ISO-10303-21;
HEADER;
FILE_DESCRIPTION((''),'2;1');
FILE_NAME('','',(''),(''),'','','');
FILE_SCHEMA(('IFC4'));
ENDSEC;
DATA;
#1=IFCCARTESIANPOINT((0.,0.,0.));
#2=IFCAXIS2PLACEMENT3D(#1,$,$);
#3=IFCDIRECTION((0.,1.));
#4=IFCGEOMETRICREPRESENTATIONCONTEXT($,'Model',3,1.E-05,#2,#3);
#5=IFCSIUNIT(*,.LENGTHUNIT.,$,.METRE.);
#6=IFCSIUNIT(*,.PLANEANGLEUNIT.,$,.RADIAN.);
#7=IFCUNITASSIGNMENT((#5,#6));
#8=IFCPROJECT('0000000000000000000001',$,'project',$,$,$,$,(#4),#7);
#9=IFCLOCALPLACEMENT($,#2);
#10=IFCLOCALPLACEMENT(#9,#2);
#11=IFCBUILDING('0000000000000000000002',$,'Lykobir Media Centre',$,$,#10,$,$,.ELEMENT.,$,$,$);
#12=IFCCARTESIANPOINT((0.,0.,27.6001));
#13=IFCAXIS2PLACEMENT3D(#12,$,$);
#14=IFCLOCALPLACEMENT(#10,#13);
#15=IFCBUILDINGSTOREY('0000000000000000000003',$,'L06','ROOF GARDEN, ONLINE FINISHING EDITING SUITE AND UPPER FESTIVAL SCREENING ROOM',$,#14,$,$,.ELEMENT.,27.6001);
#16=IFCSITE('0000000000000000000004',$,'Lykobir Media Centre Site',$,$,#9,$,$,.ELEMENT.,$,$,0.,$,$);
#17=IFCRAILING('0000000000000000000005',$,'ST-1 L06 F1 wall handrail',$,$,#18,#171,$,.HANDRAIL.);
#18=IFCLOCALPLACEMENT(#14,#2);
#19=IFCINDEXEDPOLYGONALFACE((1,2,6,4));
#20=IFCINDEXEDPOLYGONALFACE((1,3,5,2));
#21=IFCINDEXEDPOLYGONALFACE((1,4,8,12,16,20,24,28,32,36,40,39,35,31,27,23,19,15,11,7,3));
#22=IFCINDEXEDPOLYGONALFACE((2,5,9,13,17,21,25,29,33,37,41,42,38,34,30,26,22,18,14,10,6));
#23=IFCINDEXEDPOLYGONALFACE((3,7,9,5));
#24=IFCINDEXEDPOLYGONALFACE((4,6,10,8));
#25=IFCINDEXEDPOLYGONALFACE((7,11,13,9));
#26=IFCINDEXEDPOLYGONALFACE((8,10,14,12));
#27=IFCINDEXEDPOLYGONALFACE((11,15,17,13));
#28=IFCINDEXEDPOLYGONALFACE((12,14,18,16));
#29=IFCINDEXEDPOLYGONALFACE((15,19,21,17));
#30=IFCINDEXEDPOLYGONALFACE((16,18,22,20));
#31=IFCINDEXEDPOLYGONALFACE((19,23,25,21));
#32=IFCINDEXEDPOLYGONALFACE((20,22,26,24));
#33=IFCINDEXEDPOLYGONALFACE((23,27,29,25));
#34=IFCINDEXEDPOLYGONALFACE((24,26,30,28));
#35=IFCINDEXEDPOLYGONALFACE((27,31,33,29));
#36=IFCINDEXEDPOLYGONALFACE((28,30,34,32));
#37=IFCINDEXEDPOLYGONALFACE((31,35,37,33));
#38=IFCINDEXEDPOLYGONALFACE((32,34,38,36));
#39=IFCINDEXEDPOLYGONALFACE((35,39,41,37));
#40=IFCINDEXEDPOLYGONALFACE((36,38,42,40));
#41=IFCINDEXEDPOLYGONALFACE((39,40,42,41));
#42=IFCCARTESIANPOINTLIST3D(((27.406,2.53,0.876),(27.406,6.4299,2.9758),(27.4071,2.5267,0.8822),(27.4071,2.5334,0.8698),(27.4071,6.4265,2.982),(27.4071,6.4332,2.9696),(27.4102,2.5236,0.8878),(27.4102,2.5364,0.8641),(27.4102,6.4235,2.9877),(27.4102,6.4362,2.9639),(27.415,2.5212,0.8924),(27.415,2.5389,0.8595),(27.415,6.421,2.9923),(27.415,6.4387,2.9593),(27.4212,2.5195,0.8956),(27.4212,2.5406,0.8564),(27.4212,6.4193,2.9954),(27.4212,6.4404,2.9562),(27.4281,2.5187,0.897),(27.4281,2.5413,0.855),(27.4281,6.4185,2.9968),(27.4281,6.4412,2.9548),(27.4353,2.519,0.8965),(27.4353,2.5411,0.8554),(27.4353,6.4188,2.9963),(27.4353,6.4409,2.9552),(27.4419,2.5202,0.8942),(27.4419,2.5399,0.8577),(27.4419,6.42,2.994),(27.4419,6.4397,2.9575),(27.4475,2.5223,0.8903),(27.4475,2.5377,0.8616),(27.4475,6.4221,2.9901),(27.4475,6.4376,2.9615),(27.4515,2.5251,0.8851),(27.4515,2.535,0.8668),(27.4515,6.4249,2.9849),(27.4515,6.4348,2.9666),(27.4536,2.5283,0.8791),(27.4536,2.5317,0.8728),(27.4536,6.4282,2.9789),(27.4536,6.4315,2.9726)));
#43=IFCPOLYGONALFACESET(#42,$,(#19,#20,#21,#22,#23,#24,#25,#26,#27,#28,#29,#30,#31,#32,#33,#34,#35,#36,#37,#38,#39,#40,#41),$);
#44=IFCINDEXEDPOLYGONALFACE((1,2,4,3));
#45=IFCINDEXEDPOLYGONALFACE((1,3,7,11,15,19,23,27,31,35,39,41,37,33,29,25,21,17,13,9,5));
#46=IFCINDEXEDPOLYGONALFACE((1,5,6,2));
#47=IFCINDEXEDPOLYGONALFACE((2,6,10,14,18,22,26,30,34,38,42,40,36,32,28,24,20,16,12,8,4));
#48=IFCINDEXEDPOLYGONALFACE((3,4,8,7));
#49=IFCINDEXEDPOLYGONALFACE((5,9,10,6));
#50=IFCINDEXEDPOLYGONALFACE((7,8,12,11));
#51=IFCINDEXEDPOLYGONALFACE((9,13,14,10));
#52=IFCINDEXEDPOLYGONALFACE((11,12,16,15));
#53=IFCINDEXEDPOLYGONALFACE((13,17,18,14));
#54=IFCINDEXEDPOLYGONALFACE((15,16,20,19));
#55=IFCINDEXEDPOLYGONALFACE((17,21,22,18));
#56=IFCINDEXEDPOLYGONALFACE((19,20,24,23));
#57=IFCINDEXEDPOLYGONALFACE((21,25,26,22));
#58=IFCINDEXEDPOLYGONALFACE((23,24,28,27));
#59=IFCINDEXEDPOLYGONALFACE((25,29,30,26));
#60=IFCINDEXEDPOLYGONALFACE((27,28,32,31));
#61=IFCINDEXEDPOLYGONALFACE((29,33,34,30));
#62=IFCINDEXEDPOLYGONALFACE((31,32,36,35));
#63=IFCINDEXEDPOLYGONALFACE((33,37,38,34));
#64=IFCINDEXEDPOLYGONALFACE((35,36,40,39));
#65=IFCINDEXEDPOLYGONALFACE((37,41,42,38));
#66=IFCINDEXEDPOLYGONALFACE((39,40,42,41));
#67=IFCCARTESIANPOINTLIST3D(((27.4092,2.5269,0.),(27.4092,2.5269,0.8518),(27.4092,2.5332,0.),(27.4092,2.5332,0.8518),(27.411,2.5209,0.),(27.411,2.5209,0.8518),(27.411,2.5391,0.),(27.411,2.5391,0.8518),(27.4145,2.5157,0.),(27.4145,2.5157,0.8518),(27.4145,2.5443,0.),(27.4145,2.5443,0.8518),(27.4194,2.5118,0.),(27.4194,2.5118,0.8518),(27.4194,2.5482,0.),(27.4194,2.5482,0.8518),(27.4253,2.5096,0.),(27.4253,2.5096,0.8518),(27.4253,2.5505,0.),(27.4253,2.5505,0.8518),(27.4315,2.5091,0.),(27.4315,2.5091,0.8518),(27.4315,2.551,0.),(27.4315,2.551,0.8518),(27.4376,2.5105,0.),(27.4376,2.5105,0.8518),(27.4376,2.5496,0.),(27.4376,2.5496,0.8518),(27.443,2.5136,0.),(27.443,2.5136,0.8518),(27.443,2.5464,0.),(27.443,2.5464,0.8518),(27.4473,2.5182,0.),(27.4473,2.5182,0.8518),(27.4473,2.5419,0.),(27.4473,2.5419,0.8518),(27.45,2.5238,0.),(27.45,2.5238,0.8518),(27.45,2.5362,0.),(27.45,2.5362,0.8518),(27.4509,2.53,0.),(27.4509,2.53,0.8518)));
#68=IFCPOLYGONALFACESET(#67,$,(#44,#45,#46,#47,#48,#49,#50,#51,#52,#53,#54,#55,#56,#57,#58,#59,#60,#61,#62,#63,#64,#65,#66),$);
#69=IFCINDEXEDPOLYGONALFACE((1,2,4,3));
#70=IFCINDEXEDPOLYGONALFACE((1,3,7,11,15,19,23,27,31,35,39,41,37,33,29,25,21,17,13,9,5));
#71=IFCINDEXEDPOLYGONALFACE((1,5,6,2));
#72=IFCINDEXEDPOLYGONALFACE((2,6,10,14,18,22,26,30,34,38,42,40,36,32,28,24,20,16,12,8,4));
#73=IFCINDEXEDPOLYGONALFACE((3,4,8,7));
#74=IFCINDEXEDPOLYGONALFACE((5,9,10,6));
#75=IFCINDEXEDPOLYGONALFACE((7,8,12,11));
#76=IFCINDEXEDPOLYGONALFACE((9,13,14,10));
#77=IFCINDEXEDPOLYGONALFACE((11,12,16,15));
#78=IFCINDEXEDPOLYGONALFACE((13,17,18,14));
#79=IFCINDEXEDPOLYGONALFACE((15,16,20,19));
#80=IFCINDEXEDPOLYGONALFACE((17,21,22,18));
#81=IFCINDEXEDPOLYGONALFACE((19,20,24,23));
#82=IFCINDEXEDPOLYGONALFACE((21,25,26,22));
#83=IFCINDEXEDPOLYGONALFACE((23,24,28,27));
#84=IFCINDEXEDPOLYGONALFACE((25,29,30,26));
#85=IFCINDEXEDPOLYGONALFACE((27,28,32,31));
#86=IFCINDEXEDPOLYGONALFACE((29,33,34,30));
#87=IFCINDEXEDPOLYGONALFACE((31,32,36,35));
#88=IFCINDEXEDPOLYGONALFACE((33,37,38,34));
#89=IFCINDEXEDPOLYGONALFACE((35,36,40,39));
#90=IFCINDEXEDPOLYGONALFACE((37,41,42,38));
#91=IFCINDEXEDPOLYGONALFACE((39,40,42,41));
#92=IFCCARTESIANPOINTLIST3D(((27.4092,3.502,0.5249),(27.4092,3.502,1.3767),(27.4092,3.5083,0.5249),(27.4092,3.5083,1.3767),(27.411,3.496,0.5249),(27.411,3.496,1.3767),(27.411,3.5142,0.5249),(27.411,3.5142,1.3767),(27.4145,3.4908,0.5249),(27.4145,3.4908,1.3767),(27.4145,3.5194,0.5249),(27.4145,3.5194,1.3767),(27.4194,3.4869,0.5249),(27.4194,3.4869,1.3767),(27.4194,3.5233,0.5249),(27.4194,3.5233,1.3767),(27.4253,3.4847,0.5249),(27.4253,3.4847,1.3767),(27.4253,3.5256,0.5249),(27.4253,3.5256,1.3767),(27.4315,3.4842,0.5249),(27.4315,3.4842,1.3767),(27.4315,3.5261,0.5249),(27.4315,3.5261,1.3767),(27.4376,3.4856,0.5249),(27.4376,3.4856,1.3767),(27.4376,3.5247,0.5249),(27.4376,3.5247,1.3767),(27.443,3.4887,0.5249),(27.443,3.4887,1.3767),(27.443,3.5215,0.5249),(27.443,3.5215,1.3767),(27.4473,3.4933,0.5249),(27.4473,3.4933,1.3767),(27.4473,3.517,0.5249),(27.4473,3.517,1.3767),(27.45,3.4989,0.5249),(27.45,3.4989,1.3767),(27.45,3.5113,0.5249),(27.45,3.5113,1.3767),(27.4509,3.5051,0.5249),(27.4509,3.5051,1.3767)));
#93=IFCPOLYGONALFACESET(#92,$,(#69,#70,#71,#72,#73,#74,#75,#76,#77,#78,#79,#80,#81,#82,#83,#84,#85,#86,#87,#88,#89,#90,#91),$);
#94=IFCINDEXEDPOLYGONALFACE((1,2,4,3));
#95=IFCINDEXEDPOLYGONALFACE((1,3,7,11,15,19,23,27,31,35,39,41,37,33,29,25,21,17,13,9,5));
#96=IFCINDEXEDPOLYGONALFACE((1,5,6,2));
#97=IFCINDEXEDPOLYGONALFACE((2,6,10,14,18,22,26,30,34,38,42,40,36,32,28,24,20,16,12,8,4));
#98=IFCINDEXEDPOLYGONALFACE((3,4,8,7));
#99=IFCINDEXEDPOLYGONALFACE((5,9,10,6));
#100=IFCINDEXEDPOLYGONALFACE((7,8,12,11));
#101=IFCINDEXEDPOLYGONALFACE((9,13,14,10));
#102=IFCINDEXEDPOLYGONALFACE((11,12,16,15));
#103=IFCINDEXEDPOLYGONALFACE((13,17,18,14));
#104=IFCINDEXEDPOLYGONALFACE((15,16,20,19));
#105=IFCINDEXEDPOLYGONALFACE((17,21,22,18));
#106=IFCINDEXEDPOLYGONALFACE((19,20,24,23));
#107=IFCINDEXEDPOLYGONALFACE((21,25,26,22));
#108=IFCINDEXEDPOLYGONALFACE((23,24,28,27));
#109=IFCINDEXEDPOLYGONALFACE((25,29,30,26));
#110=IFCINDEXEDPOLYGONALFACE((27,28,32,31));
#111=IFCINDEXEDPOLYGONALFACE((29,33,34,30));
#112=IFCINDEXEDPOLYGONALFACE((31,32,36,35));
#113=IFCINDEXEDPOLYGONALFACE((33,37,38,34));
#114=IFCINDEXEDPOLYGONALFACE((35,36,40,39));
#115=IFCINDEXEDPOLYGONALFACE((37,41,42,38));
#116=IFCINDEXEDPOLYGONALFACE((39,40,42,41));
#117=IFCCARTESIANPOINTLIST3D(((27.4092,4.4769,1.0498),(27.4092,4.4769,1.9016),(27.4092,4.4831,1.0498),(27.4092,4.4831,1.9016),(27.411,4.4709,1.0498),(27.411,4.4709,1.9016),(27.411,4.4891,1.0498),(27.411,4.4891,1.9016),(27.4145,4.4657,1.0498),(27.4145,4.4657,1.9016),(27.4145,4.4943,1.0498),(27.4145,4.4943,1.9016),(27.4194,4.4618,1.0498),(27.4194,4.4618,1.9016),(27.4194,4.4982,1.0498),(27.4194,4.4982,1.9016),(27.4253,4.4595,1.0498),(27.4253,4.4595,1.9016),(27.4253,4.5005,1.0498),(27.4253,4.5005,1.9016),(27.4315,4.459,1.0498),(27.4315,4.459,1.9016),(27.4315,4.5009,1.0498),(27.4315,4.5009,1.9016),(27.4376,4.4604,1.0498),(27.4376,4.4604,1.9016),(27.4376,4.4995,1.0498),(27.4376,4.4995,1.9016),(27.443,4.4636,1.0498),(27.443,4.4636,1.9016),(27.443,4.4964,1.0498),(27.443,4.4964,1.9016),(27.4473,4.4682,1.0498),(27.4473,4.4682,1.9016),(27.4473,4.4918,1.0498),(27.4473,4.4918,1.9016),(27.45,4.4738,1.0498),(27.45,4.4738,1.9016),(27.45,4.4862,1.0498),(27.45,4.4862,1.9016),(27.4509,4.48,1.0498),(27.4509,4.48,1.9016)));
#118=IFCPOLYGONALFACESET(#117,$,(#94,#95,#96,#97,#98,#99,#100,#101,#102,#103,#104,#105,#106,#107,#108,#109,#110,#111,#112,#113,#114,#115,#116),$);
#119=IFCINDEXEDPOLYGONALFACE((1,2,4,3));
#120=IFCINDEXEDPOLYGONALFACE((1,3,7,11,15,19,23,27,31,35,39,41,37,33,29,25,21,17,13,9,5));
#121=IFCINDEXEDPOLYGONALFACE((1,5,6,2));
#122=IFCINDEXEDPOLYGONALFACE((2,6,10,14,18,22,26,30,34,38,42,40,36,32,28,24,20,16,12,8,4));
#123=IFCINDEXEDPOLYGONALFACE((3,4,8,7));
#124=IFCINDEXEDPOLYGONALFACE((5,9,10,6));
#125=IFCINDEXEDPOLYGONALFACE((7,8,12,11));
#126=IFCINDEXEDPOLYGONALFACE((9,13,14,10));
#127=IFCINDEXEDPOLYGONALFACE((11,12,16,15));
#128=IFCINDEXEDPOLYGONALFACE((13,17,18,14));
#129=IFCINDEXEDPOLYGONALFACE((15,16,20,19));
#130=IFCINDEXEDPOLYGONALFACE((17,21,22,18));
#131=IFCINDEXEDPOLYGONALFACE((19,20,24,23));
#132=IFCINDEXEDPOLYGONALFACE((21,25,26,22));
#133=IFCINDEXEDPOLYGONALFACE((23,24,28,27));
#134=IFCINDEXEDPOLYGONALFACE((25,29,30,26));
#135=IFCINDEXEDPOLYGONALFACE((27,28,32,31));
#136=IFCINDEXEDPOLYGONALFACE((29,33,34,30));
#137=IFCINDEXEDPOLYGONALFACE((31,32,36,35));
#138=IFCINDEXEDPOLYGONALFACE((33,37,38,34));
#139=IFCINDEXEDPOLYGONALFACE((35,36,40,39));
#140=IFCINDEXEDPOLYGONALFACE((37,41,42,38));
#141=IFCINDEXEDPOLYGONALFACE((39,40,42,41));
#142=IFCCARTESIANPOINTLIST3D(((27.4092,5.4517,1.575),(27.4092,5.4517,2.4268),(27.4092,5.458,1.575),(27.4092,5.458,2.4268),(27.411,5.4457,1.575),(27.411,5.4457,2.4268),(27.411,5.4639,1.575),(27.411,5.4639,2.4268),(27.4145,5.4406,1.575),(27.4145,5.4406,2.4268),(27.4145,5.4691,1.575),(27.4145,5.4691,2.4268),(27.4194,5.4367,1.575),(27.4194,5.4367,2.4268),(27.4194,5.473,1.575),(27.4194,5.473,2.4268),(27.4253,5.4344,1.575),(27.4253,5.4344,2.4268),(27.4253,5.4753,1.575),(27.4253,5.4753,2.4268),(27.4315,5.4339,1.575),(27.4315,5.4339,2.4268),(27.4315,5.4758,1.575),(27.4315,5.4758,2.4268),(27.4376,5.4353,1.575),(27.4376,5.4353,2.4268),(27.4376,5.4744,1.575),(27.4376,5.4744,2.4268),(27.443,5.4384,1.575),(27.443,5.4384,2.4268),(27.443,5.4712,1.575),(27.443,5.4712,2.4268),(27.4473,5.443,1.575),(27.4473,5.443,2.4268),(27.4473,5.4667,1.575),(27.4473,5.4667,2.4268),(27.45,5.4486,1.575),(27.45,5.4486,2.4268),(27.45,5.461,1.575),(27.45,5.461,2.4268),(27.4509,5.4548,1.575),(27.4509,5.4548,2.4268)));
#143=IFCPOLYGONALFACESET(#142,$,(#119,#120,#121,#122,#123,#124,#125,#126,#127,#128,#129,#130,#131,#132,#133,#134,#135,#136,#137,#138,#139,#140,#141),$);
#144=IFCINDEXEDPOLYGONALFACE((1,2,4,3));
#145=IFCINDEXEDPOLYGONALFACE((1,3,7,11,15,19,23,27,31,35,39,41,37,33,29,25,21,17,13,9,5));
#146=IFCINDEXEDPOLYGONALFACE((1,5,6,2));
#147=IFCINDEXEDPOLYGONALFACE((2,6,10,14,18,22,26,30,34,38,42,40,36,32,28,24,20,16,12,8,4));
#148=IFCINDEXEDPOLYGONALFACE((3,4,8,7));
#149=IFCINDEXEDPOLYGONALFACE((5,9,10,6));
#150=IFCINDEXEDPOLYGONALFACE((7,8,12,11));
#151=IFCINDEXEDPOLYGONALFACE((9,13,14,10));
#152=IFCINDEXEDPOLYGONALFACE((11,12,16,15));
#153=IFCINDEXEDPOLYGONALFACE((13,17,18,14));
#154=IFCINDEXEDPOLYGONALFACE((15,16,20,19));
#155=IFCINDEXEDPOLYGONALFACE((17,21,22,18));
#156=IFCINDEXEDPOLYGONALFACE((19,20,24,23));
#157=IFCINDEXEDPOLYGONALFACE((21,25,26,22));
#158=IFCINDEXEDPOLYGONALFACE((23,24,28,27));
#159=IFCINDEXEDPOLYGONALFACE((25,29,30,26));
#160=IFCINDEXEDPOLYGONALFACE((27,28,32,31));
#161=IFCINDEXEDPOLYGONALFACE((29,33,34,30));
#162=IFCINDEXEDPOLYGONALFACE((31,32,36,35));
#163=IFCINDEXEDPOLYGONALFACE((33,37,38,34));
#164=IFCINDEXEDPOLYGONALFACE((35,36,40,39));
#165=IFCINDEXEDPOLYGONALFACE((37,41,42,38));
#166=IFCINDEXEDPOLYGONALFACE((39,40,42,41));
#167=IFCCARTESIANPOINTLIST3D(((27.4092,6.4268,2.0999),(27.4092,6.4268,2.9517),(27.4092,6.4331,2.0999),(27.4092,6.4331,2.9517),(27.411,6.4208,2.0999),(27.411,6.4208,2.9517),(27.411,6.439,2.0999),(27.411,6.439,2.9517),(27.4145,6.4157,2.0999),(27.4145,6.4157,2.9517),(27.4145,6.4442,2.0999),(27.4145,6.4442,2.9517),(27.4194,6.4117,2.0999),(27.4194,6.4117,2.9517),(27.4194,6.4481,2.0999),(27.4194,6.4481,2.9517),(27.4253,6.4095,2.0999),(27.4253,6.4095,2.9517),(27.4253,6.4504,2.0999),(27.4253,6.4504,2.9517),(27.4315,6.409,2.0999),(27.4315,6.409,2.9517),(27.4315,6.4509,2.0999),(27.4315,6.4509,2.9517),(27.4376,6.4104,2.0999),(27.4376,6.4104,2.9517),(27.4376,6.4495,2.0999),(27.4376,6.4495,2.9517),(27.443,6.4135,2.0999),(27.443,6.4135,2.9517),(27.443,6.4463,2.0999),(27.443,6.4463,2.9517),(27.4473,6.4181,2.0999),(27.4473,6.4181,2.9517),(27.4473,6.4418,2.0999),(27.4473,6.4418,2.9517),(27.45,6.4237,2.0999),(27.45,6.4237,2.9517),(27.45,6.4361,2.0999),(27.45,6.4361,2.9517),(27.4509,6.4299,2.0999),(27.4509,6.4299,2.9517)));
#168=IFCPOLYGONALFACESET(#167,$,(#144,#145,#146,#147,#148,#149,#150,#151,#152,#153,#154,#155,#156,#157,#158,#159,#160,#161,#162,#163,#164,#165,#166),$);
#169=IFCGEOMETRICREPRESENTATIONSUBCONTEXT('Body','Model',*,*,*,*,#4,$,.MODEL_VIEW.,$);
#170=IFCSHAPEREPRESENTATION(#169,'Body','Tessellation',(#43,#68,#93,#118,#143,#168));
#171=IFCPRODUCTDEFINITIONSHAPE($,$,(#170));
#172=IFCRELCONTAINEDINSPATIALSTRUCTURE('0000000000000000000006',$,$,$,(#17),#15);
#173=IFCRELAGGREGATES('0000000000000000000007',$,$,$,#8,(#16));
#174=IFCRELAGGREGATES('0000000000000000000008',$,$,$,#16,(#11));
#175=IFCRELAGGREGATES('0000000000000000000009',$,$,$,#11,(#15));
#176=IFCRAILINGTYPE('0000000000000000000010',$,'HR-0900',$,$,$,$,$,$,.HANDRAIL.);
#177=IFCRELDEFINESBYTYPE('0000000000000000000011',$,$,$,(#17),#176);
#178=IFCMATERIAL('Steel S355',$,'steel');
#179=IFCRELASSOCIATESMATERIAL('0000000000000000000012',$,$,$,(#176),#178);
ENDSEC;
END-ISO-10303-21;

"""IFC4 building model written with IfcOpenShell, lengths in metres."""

from ifc_helpers import new_model, si_unit, direction, frame, origin, origin_2d, place, context, subcontext, project, spatial, circle, extrude, material, type_object, element, save


model = new_model("IFC4")

# Units and contexts
model_context = context("Model", 3, precision=1e-05, world=origin(), true_north=direction((0.0, 1.0)))
body_context = subcontext(model_context, "Body", "Model", "MODEL_VIEW")
ifc_project = project(units=[si_unit("LENGTHUNIT", "METRE"), si_unit("PLANEANGLEUNIT", "RADIAN")], contexts=[model_context])

# Site, building, storey
site_placement = place(None, origin())
site = spatial("IfcSite", under=ifc_project, at=site_placement, Name="Lykobir Media Centre Site", CompositionType="ELEMENT", RefElevation=0.0)
building_placement = place(site_placement, origin())
building = spatial("IfcBuilding", under=site, at=building_placement, Name="Lykobir Media Centre", CompositionType="ELEMENT")
storey_placement = place(building_placement, frame((0.0, 0.0, 27.6001)))
storey = spatial("IfcBuildingStorey", under=building, at=storey_placement, Name="L06", Description="ROOF GARDEN, ONLINE FINISHING EDITING SUITE AND UPPER FESTIVAL SCREENING ROOM", CompositionType="ELEMENT", Elevation=27.6001)

# Shared definitions
ifc_material_1 = material(Name="Steel S355", Category="steel")

# Railing
railing_type_1 = type_object("IfcRailingType", Name="HR-0900", PredefinedType="HANDRAIL", material=ifc_material_1)
railing_1_placement = place(storey_placement, frame((27.4299, 2.53, 0.0)))
element("IfcRailing", 1, at=railing_1_placement, inside=storey, type_object=railing_type_1, Name="ST-1 L06 F1 wall handrail", PredefinedType="HANDRAIL", context=body_context, shape_type="SweptSolid", body=[
    extrude(circle(Radius=0.0239, at=origin_2d()), frame((0.0, 0.0, 0.876), z_axis=(0.0, 0.88048, 0.474083), x_axis=(-1.0, 0.0, 0.0)), (0.0, 0.0, 1.0), 4.4292),
    extrude(circle(Radius=0.021, at=origin_2d()), origin(), (0.0, 0.0, 1.0), 0.8518),
    extrude(circle(Radius=0.021, at=origin_2d()), frame((0.0, 0.9751, 0.5249)), (0.0, 0.0, 1.0), 0.8518),
    extrude(circle(Radius=0.021, at=origin_2d()), frame((0.0, 1.95, 1.0498)), (0.0, 0.0, 1.0), 0.8518),
    extrude(circle(Radius=0.021, at=origin_2d()), frame((0.0, 2.9248, 1.575)), (0.0, 0.0, 1.0), 0.8518),
    extrude(circle(Radius=0.021, at=origin_2d()), frame((0.0, 3.8999, 2.0999)), (0.0, 0.0, 1.0), 0.8518),
])

save(model, "model.ifc")
